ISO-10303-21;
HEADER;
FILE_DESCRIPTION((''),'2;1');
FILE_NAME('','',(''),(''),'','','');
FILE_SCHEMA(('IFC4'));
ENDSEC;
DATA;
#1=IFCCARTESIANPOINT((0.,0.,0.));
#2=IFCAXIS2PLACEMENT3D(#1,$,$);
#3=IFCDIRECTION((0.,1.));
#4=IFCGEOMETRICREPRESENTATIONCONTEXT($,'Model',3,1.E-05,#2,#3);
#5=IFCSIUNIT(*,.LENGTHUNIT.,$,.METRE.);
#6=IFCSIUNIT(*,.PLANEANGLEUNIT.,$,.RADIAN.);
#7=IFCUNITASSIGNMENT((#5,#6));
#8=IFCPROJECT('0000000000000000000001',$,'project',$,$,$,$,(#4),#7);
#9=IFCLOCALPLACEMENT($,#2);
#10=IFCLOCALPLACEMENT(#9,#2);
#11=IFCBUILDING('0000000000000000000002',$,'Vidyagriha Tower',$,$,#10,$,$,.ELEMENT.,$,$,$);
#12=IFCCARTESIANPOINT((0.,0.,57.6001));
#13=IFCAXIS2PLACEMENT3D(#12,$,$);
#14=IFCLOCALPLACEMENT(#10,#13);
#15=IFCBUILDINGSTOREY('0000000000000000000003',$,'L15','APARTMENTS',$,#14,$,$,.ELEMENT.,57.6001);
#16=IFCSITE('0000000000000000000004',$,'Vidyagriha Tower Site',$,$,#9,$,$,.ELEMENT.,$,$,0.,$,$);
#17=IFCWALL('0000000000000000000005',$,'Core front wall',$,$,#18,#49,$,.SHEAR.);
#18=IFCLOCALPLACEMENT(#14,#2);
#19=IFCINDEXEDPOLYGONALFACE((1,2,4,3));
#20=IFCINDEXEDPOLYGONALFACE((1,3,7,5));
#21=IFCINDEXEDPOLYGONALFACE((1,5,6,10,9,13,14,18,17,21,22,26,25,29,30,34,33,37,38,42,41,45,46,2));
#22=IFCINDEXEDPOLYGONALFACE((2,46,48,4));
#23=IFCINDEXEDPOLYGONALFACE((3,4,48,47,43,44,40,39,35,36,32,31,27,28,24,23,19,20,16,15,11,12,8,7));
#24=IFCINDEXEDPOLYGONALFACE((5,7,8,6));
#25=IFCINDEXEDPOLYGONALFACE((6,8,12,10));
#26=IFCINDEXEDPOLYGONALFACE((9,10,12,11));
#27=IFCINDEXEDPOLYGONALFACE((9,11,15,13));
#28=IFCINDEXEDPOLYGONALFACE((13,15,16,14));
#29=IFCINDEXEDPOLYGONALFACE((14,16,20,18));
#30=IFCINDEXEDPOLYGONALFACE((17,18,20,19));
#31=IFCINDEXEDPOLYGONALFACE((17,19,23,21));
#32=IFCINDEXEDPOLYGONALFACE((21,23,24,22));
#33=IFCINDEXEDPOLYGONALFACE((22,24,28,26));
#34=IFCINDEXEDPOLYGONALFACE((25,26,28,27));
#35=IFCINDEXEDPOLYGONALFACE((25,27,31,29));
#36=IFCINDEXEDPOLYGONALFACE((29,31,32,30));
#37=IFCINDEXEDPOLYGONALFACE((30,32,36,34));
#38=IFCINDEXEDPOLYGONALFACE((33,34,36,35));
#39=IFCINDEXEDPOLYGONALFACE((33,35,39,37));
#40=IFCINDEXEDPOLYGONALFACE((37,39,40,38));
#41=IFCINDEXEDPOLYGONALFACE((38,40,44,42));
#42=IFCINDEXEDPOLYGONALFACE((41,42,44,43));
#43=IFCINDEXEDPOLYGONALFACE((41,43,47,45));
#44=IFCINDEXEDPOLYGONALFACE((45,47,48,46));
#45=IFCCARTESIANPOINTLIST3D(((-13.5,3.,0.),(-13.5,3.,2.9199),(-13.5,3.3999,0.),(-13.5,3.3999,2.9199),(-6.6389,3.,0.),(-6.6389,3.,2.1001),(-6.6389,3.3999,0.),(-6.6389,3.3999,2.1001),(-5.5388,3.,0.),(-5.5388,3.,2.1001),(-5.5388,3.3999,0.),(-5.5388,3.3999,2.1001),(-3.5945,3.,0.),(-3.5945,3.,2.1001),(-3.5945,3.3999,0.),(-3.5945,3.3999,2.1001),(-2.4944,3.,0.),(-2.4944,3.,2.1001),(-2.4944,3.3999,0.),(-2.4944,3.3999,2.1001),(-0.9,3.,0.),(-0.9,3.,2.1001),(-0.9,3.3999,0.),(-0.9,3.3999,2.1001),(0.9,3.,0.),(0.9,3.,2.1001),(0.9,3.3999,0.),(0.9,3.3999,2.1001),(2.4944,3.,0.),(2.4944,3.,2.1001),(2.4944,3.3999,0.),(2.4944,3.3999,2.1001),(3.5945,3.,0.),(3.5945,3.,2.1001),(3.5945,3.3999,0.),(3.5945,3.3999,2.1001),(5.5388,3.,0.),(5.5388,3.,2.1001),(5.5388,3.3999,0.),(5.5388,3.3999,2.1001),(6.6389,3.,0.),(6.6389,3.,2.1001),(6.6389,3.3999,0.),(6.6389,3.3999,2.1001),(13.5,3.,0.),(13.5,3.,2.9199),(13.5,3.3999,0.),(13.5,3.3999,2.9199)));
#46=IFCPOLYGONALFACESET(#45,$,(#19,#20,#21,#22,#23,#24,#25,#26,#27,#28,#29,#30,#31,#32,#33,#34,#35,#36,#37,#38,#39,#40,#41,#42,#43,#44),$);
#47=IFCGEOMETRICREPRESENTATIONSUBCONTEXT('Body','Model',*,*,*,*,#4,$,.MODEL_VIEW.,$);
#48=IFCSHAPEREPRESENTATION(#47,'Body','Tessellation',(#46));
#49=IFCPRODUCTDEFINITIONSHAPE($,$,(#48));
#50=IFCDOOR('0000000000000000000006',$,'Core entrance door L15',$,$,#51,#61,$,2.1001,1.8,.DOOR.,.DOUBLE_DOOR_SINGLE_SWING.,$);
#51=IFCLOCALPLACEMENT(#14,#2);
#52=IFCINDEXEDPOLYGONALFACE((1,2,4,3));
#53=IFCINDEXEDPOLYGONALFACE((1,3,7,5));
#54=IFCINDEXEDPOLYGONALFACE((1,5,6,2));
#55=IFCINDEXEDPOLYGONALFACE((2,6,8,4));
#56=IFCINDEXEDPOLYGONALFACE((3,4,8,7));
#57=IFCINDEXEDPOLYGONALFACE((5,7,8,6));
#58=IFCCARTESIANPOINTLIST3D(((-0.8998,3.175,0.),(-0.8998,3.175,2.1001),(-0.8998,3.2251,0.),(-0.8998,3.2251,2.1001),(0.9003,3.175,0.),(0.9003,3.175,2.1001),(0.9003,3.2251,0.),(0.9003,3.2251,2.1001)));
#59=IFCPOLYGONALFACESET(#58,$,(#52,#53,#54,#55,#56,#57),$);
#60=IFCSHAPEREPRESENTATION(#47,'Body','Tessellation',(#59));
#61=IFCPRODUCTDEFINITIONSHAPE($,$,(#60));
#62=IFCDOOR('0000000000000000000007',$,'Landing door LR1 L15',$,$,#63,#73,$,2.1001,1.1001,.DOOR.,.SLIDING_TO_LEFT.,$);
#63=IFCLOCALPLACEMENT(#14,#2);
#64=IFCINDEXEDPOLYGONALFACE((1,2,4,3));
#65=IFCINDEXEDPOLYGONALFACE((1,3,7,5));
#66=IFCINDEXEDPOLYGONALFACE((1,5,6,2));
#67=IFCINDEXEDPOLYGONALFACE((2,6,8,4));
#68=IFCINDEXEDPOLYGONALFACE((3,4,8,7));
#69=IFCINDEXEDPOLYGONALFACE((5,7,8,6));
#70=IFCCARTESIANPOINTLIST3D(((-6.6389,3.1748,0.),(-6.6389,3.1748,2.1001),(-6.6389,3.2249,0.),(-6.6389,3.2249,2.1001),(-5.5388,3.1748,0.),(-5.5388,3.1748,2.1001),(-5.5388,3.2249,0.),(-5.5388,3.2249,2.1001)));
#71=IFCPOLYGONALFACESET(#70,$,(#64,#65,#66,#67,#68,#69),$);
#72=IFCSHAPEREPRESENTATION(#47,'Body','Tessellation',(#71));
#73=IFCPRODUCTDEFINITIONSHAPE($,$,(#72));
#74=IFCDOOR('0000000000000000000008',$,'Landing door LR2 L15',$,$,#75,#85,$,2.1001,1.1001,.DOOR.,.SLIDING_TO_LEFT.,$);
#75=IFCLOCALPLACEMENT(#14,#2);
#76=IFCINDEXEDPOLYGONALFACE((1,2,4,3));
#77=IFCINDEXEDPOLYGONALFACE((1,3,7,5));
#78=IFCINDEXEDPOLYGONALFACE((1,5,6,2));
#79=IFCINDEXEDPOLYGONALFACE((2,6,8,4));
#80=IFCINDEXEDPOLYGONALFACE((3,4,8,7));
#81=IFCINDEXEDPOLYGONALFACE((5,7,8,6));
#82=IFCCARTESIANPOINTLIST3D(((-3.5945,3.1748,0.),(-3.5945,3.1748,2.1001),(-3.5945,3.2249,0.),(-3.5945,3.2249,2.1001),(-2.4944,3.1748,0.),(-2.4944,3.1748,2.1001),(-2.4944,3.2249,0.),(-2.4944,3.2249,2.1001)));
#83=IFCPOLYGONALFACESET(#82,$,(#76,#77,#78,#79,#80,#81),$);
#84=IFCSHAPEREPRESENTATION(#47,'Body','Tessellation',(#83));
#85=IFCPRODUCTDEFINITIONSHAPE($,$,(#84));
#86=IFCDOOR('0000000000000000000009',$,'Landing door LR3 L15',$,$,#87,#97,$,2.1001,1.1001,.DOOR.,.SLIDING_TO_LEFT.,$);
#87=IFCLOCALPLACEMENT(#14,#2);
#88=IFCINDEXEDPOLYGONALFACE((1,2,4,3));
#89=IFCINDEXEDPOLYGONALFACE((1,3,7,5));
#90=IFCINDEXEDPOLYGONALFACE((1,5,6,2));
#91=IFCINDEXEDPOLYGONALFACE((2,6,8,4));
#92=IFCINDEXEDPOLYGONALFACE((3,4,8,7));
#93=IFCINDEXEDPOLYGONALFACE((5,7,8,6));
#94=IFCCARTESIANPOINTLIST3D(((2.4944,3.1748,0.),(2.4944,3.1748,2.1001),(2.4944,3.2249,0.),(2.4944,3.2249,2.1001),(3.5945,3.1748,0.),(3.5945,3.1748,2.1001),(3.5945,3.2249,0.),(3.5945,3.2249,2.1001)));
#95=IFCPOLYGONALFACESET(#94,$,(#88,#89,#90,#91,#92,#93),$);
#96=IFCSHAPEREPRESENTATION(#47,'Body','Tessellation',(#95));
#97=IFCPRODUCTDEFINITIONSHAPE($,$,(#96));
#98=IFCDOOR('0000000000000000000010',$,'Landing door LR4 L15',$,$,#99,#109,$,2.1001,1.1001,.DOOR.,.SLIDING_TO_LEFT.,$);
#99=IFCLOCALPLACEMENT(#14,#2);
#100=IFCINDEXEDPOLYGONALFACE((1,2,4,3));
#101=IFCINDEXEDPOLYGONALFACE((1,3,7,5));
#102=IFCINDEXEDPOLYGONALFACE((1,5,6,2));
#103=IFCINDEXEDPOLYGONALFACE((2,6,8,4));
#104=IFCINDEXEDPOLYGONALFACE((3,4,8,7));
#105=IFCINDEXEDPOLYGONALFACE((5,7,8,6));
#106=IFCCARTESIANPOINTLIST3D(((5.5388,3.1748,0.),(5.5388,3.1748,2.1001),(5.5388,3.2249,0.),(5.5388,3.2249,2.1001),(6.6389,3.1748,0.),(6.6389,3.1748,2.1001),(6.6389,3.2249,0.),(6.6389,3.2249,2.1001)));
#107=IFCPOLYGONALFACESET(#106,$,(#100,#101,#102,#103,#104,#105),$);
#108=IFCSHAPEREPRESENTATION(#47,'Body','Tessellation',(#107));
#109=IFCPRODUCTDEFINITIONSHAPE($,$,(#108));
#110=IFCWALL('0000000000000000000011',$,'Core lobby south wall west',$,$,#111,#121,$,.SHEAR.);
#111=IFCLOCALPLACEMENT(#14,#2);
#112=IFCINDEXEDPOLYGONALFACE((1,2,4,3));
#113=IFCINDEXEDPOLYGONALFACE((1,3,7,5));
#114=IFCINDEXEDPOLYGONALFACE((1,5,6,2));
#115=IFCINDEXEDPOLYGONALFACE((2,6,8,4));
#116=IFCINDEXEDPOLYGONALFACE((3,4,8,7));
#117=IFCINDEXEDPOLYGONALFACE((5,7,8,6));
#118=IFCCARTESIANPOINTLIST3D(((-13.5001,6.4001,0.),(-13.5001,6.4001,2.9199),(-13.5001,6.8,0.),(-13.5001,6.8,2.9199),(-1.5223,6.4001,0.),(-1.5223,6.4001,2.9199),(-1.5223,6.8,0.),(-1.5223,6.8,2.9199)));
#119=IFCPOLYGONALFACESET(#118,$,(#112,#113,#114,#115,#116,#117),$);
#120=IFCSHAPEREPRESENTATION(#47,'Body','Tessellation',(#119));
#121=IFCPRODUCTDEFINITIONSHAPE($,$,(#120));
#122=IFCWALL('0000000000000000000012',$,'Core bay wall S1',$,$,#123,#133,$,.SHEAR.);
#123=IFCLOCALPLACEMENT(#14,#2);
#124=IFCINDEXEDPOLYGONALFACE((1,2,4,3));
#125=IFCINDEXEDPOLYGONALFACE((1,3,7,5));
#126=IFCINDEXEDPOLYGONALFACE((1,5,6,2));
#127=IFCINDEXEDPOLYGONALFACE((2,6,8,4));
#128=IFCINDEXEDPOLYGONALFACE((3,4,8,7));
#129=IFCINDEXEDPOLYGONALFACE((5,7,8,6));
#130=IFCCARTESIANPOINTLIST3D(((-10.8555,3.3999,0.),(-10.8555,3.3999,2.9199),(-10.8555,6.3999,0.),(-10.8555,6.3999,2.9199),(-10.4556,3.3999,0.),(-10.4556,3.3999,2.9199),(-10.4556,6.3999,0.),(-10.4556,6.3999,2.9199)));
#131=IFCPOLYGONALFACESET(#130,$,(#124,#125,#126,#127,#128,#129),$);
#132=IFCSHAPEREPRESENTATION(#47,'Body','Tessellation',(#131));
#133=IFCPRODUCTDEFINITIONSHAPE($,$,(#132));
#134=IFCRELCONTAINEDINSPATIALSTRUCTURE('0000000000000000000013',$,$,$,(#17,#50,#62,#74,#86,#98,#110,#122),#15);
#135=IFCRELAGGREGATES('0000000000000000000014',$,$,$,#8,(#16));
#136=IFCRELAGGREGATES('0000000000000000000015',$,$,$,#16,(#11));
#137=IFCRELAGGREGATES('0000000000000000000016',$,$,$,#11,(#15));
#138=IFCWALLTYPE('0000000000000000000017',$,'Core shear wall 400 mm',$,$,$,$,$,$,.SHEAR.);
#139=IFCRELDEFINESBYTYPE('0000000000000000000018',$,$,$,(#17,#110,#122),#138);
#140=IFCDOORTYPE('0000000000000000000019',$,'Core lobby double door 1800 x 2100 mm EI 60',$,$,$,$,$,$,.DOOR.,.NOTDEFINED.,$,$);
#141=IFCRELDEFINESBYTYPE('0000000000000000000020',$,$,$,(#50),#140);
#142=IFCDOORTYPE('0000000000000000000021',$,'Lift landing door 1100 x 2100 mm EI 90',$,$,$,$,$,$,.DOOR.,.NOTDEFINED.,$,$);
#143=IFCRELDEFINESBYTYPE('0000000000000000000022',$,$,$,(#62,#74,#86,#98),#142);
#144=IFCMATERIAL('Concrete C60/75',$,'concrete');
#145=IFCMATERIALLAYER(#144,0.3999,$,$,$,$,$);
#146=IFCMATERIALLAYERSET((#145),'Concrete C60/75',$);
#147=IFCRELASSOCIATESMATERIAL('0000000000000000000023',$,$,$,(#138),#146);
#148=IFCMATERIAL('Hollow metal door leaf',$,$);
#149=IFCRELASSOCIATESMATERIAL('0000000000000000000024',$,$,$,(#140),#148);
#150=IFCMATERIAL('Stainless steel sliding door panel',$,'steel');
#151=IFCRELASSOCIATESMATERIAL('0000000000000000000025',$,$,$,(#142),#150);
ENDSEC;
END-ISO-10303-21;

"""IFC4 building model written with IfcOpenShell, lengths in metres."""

from ifc_helpers import new_model, si_unit, direction, frame, frame_2d, origin, place, context, subcontext, project, spatial, rectangle, extrude, material, layer, layer_set, type_object, element, fill, save


model = new_model("IFC4")

# Units and contexts
model_context = context("Model", 3, precision=1e-05, world=origin(), true_north=direction((0.0, 1.0)))
body_context = subcontext(model_context, "Body", "Model", "MODEL_VIEW")
ifc_project = project(units=[si_unit("LENGTHUNIT", "METRE"), si_unit("PLANEANGLEUNIT", "RADIAN")], contexts=[model_context])

# Site, building, storey
site_placement = place(None, origin())
site = spatial("IfcSite", under=ifc_project, at=site_placement, Name="Vidyagriha Tower Site", CompositionType="ELEMENT", RefElevation=0.0)
building_placement = place(site_placement, origin())
building = spatial("IfcBuilding", under=site, at=building_placement, Name="Vidyagriha Tower", CompositionType="ELEMENT")
storey_placement = place(building_placement, frame((0.0, 0.0, 57.6001)))
storey = spatial("IfcBuildingStorey", under=building, at=storey_placement, Name="L15", Description="APARTMENTS", CompositionType="ELEMENT", Elevation=57.6001)

# Wall, openings, doors
ifc_material_1 = material(Name="Concrete C60/75", Category="concrete")
ifc_layer_1 = layer(ifc_material_1, 0.3999)
ifc_layer_set_1 = layer_set([ifc_layer_1], Name="Concrete C60/75")
wall_type_1 = type_object("IfcWallType", Name="Core shear wall 400 mm", PredefinedType="SHEAR", material=ifc_layer_set_1)
wall_1_placement = place(storey_placement, frame((-13.5, 3.2, 0.0)))
wall_1 = element("IfcWall", 1, at=wall_1_placement, inside=storey, type_object=wall_type_1, Name="Core front wall", PredefinedType="SHEAR", context=body_context, shape_type="SweptSolid", body=[
    extrude(rectangle(XDim=27.0, YDim=0.3999, at=frame_2d((13.5, 0.0))), origin(), (0.0, 0.0, 1.0), 2.9199),
])
opening_1_placement = place(wall_1_placement, frame((6.8611, 0.0, 0.0)))
opening_1 = element("IfcOpeningElement", 2, at=opening_1_placement, cuts=wall_1, PredefinedType="OPENING", context=body_context, shape_type="SweptSolid", body=[
    extrude(rectangle(XDim=1.1001, YDim=2.1001, at=frame_2d((0.55, 1.05))), frame((0.0, 0.21, 0.0), z_axis=(0.0, -1.0, 0.0), x_axis=(1.0, 0.0, 0.0)), (0.0, 0.0, 1.0), 0.4199),
])
opening_2_placement = place(wall_1_placement, frame((9.9055, 0.0, 0.0)))
opening_2 = element("IfcOpeningElement", 3, at=opening_2_placement, cuts=wall_1, PredefinedType="OPENING", context=body_context, shape_type="SweptSolid", body=[
    extrude(rectangle(XDim=1.1001, YDim=2.1001, at=frame_2d((0.55, 1.05))), frame((0.0, 0.21, 0.0), z_axis=(0.0, -1.0, 0.0), x_axis=(1.0, 0.0, 0.0)), (0.0, 0.0, 1.0), 0.4199),
])
opening_3_placement = place(wall_1_placement, frame((15.9944, 0.0, 0.0)))
opening_3 = element("IfcOpeningElement", 4, at=opening_3_placement, cuts=wall_1, PredefinedType="OPENING", context=body_context, shape_type="SweptSolid", body=[
    extrude(rectangle(XDim=1.1001, YDim=2.1001, at=frame_2d((0.55, 1.05))), frame((0.0, 0.21, 0.0), z_axis=(0.0, -1.0, 0.0), x_axis=(1.0, 0.0, 0.0)), (0.0, 0.0, 1.0), 0.4199),
])
opening_4_placement = place(wall_1_placement, frame((19.0388, 0.0, 0.0)))
opening_4 = element("IfcOpeningElement", 5, at=opening_4_placement, cuts=wall_1, PredefinedType="OPENING", context=body_context, shape_type="SweptSolid", body=[
    extrude(rectangle(XDim=1.1001, YDim=2.1001, at=frame_2d((0.55, 1.05))), frame((0.0, 0.21, 0.0), z_axis=(0.0, -1.0, 0.0), x_axis=(1.0, 0.0, 0.0)), (0.0, 0.0, 1.0), 0.4199),
])
opening_5_placement = place(wall_1_placement, frame((12.6001, 0.0, 0.0)))
opening_5 = element("IfcOpeningElement", 6, at=opening_5_placement, cuts=wall_1, PredefinedType="OPENING", context=body_context, shape_type="SweptSolid", body=[
    extrude(rectangle(XDim=1.8, YDim=2.1001, at=frame_2d((0.8999, 1.05))), frame((0.0, 0.21, 0.0), z_axis=(0.0, -1.0, 0.0), x_axis=(1.0, 0.0, 0.0)), (0.0, 0.0, 1.0), 0.4199),
])
ifc_material_2 = material(Name="Hollow metal door leaf")
door_type_1 = type_object("IfcDoorType", Name="Core lobby double door 1800 x 2100 mm EI 60", OperationType="NOTDEFINED", PredefinedType="DOOR", material=ifc_material_2)
door_1_placement = place(opening_5_placement, frame((1.8, 0.0, 0.0), z_axis=(0.0, 0.0, 1.0), x_axis=(-1.0, 0.0, 0.0)))
door_1 = element("IfcDoor", 7, at=door_1_placement, inside=storey, type_object=door_type_1, Name="Core entrance door L15", OperationType="DOUBLE_DOOR_SINGLE_SWING", OverallHeight=2.1001, OverallWidth=1.8, PredefinedType="DOOR", context=body_context, shape_type="SweptSolid", body=[
    extrude(rectangle(XDim=1.8, YDim=2.1001, at=frame_2d((0.8999, 1.05))), frame((0.0, 0.0249, 0.0), z_axis=(0.0, -1.0, 0.0), x_axis=(1.0, 0.0, 0.0)), (0.0, 0.0, 1.0), 0.05),
])
fill(opening_5, door_1)
ifc_material_3 = material(Name="Stainless steel sliding door panel", Category="steel")
door_type_2 = type_object("IfcDoorType", Name="Lift landing door 1100 x 2100 mm EI 90", OperationType="NOTDEFINED", PredefinedType="DOOR", material=ifc_material_3)
door_2_placement = place(opening_1_placement, origin())
door_2 = element("IfcDoor", 8, at=door_2_placement, inside=storey, type_object=door_type_2, Name="Landing door LR1 L15", OperationType="SLIDING_TO_LEFT", OverallHeight=2.1001, OverallWidth=1.1001, PredefinedType="DOOR", context=body_context, shape_type="SweptSolid", body=[
    extrude(rectangle(XDim=1.1001, YDim=2.1001, at=frame_2d((0.55, 1.05))), frame((0.0, 0.0249, 0.0), z_axis=(0.0, -1.0, 0.0), x_axis=(1.0, 0.0, 0.0)), (0.0, 0.0, 1.0), 0.05),
])
fill(opening_1, door_2)
door_3_placement = place(opening_2_placement, origin())
door_3 = element("IfcDoor", 9, at=door_3_placement, inside=storey, type_object=door_type_2, Name="Landing door LR2 L15", OperationType="SLIDING_TO_LEFT", OverallHeight=2.1001, OverallWidth=1.1001, PredefinedType="DOOR", context=body_context, shape_type="SweptSolid", body=[
    extrude(rectangle(XDim=1.1001, YDim=2.1001, at=frame_2d((0.55, 1.05))), frame((0.0, 0.0249, 0.0), z_axis=(0.0, -1.0, 0.0), x_axis=(1.0, 0.0, 0.0)), (0.0, 0.0, 1.0), 0.05),
])
fill(opening_2, door_3)
door_4_placement = place(opening_3_placement, origin())
door_4 = element("IfcDoor", 10, at=door_4_placement, inside=storey, type_object=door_type_2, Name="Landing door LR3 L15", OperationType="SLIDING_TO_LEFT", OverallHeight=2.1001, OverallWidth=1.1001, PredefinedType="DOOR", context=body_context, shape_type="SweptSolid", body=[
    extrude(rectangle(XDim=1.1001, YDim=2.1001, at=frame_2d((0.55, 1.05))), frame((0.0, 0.0249, 0.0), z_axis=(0.0, -1.0, 0.0), x_axis=(1.0, 0.0, 0.0)), (0.0, 0.0, 1.0), 0.05),
])
fill(opening_3, door_4)
door_5_placement = place(opening_4_placement, origin())
door_5 = element("IfcDoor", 11, at=door_5_placement, inside=storey, type_object=door_type_2, Name="Landing door LR4 L15", OperationType="SLIDING_TO_LEFT", OverallHeight=2.1001, OverallWidth=1.1001, PredefinedType="DOOR", context=body_context, shape_type="SweptSolid", body=[
    extrude(rectangle(XDim=1.1001, YDim=2.1001, at=frame_2d((0.55, 1.05))), frame((0.0, 0.0249, 0.0), z_axis=(0.0, -1.0, 0.0), x_axis=(1.0, 0.0, 0.0)), (0.0, 0.0, 1.0), 0.05),
])
fill(opening_4, door_5)

# Walls
wall_2_placement = place(storey_placement, frame((-13.5, 6.6001, 0.0)))
element("IfcWall", 12, at=wall_2_placement, inside=storey, type_object=wall_type_1, Name="Core lobby south wall west", PredefinedType="SHEAR", context=body_context, shape_type="SweptSolid", body=[
    extrude(rectangle(XDim=11.9778, YDim=0.3999, at=frame_2d((5.9888, 0.0))), origin(), (0.0, 0.0, 1.0), 2.9199),
])
wall_3_placement = place(storey_placement, frame((-10.6555, 3.3999, 0.0), z_axis=(0.0, 0.0, 1.0), x_axis=(0.0, 1.0, 0.0)))
element("IfcWall", 13, at=wall_3_placement, inside=storey, type_object=wall_type_1, Name="Core bay wall S1", PredefinedType="SHEAR", context=body_context, shape_type="SweptSolid", body=[
    extrude(rectangle(XDim=3.0, YDim=0.3999, at=frame_2d((1.5, 0.0))), origin(), (0.0, 0.0, 1.0), 2.9199),
])

save(model, "model.ifc")
